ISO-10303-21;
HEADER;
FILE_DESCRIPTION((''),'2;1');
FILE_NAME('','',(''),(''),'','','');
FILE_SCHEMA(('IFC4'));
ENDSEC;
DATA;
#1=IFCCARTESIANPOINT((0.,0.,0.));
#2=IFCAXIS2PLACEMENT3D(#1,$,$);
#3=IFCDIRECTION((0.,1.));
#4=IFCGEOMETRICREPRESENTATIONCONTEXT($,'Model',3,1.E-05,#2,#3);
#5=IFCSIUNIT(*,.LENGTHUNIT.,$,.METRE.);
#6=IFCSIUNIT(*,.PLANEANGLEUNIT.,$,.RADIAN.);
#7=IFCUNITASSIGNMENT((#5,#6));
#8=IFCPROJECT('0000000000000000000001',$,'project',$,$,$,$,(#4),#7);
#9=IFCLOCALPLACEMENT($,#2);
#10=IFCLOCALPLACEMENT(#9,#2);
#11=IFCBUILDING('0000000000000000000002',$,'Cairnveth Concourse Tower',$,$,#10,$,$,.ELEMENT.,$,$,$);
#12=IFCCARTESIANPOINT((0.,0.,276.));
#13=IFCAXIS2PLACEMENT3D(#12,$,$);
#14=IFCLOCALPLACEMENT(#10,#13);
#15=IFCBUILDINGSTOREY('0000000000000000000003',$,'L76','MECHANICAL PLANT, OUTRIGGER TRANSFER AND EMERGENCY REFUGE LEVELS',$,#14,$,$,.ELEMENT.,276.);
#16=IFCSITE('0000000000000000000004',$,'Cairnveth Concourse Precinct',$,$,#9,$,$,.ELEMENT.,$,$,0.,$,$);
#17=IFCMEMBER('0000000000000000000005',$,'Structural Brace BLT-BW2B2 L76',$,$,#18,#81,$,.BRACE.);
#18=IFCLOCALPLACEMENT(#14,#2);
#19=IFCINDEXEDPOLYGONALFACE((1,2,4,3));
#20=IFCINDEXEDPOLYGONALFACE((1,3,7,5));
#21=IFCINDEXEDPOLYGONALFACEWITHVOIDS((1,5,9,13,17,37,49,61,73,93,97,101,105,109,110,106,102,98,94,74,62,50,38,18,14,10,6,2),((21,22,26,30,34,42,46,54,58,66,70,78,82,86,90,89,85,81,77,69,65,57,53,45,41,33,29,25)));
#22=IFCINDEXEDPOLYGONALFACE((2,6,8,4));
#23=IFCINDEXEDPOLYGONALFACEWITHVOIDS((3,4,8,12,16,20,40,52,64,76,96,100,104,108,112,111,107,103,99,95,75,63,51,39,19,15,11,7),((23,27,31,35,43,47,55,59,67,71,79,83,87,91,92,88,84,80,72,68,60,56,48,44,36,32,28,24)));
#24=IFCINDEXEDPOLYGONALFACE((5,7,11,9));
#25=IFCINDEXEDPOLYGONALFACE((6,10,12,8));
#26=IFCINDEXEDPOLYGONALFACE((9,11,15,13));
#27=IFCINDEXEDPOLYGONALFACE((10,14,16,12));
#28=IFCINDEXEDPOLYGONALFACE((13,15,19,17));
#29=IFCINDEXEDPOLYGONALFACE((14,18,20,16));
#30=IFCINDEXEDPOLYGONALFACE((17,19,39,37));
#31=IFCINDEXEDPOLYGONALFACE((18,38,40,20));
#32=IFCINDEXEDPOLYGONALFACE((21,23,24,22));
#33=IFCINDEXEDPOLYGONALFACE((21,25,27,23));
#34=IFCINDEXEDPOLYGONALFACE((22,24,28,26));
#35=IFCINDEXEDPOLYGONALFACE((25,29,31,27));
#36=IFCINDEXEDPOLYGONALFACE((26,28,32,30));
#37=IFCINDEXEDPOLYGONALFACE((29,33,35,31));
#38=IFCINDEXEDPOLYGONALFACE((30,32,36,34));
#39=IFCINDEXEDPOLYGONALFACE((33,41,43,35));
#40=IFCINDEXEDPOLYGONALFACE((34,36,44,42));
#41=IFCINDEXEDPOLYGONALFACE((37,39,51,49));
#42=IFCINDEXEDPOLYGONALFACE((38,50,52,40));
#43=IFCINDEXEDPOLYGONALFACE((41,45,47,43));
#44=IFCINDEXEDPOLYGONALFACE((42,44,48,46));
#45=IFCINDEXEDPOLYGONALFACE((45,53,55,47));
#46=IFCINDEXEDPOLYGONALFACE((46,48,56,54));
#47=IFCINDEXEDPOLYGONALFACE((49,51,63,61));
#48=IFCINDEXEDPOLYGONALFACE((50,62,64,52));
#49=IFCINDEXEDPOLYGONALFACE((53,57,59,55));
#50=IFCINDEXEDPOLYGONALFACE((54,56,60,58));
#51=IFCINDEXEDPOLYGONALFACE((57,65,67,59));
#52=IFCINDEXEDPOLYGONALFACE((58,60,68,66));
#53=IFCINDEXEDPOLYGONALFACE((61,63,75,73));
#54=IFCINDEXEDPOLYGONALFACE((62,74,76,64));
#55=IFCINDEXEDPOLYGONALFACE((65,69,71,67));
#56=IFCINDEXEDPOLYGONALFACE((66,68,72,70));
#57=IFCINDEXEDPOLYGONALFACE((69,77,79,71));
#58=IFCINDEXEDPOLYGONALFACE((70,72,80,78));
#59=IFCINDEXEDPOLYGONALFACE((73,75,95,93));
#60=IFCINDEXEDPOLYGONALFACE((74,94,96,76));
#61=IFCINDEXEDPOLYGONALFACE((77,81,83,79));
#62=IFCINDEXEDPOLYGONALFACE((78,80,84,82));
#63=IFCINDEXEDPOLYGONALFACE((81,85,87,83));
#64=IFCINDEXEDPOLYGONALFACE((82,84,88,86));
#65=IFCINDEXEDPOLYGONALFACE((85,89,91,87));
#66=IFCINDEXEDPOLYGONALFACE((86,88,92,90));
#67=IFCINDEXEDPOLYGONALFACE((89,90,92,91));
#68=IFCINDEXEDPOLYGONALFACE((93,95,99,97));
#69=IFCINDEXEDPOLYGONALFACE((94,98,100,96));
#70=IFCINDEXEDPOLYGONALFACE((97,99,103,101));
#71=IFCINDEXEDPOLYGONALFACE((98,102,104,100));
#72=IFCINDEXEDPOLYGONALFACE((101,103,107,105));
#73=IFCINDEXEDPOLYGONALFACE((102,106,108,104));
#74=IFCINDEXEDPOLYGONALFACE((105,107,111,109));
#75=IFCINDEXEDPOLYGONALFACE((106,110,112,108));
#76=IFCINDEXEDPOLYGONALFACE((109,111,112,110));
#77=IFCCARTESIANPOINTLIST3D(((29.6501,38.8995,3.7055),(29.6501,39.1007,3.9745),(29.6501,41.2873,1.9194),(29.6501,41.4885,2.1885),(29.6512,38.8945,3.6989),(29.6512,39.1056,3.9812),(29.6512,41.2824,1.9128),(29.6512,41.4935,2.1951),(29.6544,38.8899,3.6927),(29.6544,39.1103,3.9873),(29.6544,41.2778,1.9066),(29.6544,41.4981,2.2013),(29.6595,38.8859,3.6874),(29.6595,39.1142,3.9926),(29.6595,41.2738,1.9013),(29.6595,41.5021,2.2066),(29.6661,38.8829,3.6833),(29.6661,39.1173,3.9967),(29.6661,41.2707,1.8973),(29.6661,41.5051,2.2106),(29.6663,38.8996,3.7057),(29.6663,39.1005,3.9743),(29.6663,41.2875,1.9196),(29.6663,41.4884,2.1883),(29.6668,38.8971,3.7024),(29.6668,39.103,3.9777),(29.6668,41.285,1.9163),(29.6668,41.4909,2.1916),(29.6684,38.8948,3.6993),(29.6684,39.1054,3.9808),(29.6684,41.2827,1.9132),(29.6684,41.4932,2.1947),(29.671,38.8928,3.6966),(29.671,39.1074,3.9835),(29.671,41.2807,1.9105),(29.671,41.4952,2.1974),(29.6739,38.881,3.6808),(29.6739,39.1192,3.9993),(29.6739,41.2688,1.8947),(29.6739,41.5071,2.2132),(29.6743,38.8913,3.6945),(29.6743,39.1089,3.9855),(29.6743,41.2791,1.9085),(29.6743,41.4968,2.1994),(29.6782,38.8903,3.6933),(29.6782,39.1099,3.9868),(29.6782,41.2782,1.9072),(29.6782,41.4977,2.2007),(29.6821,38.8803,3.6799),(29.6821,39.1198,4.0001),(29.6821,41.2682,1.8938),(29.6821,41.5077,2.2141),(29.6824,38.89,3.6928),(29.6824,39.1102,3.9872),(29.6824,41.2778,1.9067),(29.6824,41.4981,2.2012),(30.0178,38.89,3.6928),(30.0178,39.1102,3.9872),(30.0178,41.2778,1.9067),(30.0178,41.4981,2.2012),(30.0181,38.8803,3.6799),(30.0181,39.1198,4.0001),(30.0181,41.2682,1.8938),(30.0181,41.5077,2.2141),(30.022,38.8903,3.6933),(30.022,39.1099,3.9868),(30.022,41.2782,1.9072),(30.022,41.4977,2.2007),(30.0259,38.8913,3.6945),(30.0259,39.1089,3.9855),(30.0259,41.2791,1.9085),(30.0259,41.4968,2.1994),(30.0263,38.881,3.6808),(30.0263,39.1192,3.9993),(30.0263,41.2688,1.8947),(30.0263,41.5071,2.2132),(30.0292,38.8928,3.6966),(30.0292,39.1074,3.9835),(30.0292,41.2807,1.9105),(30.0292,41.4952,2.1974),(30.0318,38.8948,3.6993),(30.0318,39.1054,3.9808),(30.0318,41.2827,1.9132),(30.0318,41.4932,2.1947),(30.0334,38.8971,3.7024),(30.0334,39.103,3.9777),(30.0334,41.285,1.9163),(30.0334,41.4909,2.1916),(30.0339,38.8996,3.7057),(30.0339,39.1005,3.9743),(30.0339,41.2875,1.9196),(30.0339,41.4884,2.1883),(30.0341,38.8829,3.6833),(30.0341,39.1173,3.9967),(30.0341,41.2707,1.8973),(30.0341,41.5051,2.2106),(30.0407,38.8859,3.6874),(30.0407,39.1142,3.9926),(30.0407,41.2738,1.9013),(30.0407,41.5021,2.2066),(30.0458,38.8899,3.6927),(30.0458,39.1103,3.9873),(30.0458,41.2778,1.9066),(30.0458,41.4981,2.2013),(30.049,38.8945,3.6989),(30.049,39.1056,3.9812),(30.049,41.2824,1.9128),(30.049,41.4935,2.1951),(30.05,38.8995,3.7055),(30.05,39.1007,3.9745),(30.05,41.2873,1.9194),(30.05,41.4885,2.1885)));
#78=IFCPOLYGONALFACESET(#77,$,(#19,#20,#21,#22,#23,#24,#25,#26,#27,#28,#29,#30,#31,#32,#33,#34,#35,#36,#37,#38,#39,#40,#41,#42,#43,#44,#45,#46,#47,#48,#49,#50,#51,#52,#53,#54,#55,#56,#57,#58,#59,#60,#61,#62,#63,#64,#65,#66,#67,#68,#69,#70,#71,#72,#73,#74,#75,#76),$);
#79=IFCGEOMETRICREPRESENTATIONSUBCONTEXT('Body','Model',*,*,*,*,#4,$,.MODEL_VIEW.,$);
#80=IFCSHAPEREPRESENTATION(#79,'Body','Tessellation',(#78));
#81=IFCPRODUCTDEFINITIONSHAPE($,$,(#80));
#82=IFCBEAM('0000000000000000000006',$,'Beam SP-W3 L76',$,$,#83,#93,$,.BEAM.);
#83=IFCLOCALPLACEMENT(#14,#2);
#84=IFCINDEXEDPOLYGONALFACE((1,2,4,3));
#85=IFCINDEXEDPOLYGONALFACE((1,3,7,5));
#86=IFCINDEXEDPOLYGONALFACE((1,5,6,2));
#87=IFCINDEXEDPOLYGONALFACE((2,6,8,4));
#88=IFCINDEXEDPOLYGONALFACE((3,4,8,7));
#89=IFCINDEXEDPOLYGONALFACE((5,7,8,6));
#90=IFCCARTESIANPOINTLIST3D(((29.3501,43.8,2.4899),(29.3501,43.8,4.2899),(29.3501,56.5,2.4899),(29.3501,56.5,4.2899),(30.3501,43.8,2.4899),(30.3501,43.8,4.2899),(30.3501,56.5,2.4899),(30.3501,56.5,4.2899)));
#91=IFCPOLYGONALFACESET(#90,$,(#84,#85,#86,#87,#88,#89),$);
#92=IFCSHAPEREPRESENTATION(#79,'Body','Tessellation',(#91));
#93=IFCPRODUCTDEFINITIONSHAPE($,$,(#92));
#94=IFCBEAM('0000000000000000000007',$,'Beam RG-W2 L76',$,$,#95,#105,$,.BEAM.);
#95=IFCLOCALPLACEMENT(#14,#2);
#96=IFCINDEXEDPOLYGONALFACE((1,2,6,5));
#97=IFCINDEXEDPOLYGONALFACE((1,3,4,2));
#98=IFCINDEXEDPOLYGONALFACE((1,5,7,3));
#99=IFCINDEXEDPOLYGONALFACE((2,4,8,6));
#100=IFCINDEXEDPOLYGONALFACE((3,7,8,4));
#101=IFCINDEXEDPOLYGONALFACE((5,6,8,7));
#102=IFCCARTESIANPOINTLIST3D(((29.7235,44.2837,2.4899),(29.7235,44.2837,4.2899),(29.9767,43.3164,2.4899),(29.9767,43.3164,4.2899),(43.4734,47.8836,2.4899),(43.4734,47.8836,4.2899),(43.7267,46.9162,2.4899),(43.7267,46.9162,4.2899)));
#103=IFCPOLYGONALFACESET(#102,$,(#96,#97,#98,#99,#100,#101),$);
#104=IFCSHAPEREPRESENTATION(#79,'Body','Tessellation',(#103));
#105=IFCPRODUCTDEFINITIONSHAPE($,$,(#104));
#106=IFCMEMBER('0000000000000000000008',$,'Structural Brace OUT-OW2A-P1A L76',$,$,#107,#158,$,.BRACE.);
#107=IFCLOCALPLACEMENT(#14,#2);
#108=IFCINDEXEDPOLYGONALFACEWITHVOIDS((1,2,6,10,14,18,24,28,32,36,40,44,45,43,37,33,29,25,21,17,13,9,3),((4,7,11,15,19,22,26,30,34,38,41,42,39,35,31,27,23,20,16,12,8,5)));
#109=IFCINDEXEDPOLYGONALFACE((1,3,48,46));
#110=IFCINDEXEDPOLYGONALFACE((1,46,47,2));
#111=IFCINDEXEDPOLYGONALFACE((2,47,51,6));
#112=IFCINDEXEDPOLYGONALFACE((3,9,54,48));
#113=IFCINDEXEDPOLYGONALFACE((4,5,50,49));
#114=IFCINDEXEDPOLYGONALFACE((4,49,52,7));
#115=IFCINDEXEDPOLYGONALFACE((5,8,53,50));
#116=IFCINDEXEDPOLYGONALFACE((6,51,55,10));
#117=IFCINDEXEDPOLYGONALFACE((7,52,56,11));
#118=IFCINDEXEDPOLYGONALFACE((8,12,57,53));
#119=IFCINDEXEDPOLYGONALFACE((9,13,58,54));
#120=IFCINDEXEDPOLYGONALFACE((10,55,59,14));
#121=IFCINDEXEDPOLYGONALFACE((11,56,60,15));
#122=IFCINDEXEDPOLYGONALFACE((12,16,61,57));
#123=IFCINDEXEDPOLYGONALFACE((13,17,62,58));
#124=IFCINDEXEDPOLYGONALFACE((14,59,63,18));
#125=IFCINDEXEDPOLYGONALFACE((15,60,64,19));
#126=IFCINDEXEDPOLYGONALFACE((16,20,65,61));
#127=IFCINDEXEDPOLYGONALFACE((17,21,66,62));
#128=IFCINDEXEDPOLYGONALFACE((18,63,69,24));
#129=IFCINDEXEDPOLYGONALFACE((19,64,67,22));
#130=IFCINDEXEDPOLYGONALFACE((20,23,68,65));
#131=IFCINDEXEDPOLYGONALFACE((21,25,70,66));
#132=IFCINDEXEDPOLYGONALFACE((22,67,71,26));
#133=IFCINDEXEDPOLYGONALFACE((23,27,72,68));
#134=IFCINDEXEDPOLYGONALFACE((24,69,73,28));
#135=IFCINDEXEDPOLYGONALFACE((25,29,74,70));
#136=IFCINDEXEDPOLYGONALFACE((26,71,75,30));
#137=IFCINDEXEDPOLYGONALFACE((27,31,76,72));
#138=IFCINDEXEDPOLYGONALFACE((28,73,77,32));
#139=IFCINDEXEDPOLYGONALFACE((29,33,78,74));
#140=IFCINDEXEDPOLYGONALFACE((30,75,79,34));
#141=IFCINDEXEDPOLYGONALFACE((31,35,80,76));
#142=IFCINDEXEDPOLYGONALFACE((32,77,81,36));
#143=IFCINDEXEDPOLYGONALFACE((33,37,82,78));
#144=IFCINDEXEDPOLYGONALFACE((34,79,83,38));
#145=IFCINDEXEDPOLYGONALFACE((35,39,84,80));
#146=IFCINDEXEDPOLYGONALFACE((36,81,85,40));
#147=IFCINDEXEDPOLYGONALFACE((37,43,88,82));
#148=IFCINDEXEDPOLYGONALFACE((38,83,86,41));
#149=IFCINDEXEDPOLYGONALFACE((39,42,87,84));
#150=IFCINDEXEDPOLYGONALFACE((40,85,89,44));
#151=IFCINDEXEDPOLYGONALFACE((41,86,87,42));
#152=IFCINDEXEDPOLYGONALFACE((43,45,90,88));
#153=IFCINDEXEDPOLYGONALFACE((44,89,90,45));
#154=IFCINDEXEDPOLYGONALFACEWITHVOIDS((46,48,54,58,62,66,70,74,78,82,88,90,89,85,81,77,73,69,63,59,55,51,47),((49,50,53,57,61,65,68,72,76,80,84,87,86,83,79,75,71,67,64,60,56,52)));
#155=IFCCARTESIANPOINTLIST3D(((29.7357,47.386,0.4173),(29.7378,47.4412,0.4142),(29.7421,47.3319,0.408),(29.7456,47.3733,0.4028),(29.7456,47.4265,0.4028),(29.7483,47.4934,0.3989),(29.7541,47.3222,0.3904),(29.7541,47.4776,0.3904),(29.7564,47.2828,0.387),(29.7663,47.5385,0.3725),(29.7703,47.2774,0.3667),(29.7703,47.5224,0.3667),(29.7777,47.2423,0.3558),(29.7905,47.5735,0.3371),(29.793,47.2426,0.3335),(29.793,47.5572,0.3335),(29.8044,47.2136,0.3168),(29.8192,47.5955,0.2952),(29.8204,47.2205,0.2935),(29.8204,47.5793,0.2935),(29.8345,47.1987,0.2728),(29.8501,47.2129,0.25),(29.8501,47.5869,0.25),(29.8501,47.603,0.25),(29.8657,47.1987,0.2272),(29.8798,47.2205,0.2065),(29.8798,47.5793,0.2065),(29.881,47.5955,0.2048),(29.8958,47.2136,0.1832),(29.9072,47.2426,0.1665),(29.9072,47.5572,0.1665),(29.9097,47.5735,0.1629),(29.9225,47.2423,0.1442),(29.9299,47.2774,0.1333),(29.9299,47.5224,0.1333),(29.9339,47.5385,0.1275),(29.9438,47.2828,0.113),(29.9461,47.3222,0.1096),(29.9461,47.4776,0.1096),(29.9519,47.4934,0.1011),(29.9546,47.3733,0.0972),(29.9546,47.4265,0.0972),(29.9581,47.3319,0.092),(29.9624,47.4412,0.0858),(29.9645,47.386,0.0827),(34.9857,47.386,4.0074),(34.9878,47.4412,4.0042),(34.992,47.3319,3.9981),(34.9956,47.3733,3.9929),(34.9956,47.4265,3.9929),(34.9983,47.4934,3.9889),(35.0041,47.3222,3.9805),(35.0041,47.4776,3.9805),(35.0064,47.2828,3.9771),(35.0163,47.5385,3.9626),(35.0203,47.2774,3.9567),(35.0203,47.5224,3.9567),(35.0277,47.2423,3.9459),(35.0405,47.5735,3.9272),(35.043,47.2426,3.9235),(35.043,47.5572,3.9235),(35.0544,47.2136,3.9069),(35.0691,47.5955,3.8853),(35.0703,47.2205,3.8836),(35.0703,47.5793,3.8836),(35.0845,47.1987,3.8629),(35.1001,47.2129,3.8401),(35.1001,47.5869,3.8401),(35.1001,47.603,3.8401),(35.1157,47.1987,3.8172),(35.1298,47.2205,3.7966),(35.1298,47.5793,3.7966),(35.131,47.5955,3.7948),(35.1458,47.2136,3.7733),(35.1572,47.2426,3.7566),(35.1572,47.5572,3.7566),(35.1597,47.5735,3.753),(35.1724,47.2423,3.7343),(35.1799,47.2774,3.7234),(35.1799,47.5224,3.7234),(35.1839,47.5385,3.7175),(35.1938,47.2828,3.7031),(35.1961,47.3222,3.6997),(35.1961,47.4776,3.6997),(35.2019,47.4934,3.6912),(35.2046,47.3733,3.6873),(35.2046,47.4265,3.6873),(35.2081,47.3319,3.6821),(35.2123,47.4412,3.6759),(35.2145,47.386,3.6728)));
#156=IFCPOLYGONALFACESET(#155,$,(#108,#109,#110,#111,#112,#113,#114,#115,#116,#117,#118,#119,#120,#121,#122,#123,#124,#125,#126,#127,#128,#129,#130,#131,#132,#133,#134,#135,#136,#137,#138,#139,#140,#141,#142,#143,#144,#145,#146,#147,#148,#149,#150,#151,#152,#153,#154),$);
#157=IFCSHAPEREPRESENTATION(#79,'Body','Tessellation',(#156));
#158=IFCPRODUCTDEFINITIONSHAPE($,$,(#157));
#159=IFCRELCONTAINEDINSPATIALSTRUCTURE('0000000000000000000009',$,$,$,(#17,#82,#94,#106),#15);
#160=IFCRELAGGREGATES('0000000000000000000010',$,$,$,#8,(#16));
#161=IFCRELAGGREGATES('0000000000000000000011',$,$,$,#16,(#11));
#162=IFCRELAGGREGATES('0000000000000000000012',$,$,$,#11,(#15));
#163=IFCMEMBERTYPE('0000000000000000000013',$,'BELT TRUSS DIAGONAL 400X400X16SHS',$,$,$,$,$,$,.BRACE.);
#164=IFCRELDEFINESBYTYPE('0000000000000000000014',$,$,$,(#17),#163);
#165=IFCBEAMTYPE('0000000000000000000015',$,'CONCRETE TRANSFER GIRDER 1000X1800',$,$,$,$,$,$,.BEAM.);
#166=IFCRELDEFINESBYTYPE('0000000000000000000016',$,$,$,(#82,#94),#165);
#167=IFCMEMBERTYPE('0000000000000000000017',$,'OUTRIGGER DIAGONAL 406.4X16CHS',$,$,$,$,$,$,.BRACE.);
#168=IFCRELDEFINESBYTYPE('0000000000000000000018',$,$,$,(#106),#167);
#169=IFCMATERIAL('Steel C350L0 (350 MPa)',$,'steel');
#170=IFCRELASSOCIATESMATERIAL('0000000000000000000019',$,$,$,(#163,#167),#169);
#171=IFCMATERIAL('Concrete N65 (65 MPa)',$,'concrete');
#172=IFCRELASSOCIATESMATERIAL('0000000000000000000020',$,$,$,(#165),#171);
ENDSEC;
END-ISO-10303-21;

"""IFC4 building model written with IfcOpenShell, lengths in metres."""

from ifc_helpers import new_model, si_unit, direction, frame, origin, origin_2d, place, context, subcontext, project, spatial, rectangle, hollow_rectangle, hollow_circle, extrude, material, material_profile, profile_set, type_object, element, save


model = new_model("IFC4")

# Units and contexts
model_context = context("Model", 3, precision=1e-05, world=origin(), true_north=direction((0.0, 1.0)))
body_context = subcontext(model_context, "Body", "Model", "MODEL_VIEW")
ifc_project = project(units=[si_unit("LENGTHUNIT", "METRE"), si_unit("PLANEANGLEUNIT", "RADIAN")], contexts=[model_context])

# Site, building, storey
site_placement = place(None, origin())
site = spatial("IfcSite", under=ifc_project, at=site_placement, Name="Cairnveth Concourse Precinct", CompositionType="ELEMENT", RefElevation=0.0)
building_placement = place(site_placement, origin())
building = spatial("IfcBuilding", under=site, at=building_placement, Name="Cairnveth Concourse Tower", CompositionType="ELEMENT")
storey_placement = place(building_placement, frame((0.0, 0.0, 276.0)))
storey = spatial("IfcBuildingStorey", under=building, at=storey_placement, Name="L76", Description="MECHANICAL PLANT, OUTRIGGER TRANSFER AND EMERGENCY REFUGE LEVELS", CompositionType="ELEMENT", Elevation=276.0)

# Shared definitions
ifc_material_1 = material(Name="Concrete N65 (65 MPa)", Category="concrete")

# Member
ifc_material_2 = material(Name="Steel C350L0 (350 MPa)", Category="steel")
ifc_material_profile_1 = material_profile(ifc_material_2, hollow_rectangle(XDim=0.3999, YDim=0.3999, WallThickness=0.0161, InnerFilletRadius=0.0161, OuterFilletRadius=0.032, at=origin_2d()), Name="400x400x16.0SHS")
ifc_profile_set_1 = profile_set([ifc_material_profile_1], Name="Steel C350L0 (350 MPa)")
member_type_1 = type_object("IfcMemberType", Name="BELT TRUSS DIAGONAL 400X400X16SHS", PredefinedType="BRACE", material=ifc_profile_set_1)
for number, where, z_axis, x_axis, name in (
    (1, (29.8501, 41.3879, 2.054), (0.0, -0.800775, 0.598965), (1.0, 0.0, 0.0), "Structural Brace BLT-BW2B2 L76"),
):
    element("IfcMember", number, at=place(storey_placement, frame(where, z_axis=z_axis, x_axis=x_axis)), inside=storey, type_object=member_type_1, Name=name, PredefinedType="BRACE", context=body_context, shape_type="SweptSolid", body=[
        extrude(hollow_rectangle(XDim=0.3999, YDim=0.3999, WallThickness=0.0161, InnerFilletRadius=0.0161, OuterFilletRadius=0.032, at=origin_2d()), origin(), (0.0, 0.0, 1.0), 2.9819),
    ])

# Beams
ifc_material_profile_2 = material_profile(ifc_material_1, rectangle(XDim=1.0, YDim=1.8, at=origin_2d()), Name="RC-TB-1000x1800")
ifc_profile_set_2 = profile_set([ifc_material_profile_2], Name="Concrete N65 (65 MPa)")
beam_type = type_object("IfcBeamType", Name="CONCRETE TRANSFER GIRDER 1000X1800", PredefinedType="BEAM", material=ifc_profile_set_2)
beam_1_placement = place(storey_placement, frame((29.8501, 43.8, 3.3899), z_axis=(0.0, 1.0, 0.0), x_axis=(-1.0, 0.0, 0.0)))
element("IfcBeam", 2, at=beam_1_placement, inside=storey, type_object=beam_type, Name="Beam SP-W3 L76", PredefinedType="BEAM", context=body_context, shape_type="SweptSolid", body=[
    extrude(rectangle(XDim=1.0, YDim=1.8, at=origin_2d()), origin(), (0.0, 0.0, 1.0), 12.7),
])
beam_2_placement = place(storey_placement, frame((29.8501, 43.8, 3.3899), z_axis=(0.967395, 0.253271, 0.0), x_axis=(-0.253271, 0.967395, 0.0)))
element("IfcBeam", 3, at=beam_2_placement, inside=storey, type_object=beam_type, Name="Beam RG-W2 L76", PredefinedType="BEAM", context=body_context, shape_type="SweptSolid", body=[
    extrude(rectangle(XDim=1.0, YDim=1.8, at=origin_2d()), origin(), (0.0, 0.0, 1.0), 14.2134),
])

# Member
ifc_material_profile_3 = material_profile(ifc_material_2, hollow_circle(Radius=0.2031, WallThickness=0.0161, at=origin_2d()), Name="406.4x16.0CHS")
ifc_profile_set_3 = profile_set([ifc_material_profile_3], Name="Steel C350L0 (350 MPa)")
member_type_2 = type_object("IfcMemberType", Name="OUTRIGGER DIAGONAL 406.4X16CHS", PredefinedType="BRACE", material=ifc_profile_set_3)
member_1_placement = place(storey_placement, frame((29.8501, 47.3999, 0.25), z_axis=(0.825455, 0.0, 0.564468), x_axis=(0.0, 1.0, 0.0)))
element("IfcMember", 4, at=member_1_placement, inside=storey, type_object=member_type_2, Name="Structural Brace OUT-OW2A-P1A L76", PredefinedType="BRACE", context=body_context, shape_type="SweptSolid", body=[
    extrude(hollow_circle(Radius=0.2031, WallThickness=0.0161, at=origin_2d()), origin(), (0.0, 0.0, 1.0), 6.3601),
])

save(model, "model.ifc")
